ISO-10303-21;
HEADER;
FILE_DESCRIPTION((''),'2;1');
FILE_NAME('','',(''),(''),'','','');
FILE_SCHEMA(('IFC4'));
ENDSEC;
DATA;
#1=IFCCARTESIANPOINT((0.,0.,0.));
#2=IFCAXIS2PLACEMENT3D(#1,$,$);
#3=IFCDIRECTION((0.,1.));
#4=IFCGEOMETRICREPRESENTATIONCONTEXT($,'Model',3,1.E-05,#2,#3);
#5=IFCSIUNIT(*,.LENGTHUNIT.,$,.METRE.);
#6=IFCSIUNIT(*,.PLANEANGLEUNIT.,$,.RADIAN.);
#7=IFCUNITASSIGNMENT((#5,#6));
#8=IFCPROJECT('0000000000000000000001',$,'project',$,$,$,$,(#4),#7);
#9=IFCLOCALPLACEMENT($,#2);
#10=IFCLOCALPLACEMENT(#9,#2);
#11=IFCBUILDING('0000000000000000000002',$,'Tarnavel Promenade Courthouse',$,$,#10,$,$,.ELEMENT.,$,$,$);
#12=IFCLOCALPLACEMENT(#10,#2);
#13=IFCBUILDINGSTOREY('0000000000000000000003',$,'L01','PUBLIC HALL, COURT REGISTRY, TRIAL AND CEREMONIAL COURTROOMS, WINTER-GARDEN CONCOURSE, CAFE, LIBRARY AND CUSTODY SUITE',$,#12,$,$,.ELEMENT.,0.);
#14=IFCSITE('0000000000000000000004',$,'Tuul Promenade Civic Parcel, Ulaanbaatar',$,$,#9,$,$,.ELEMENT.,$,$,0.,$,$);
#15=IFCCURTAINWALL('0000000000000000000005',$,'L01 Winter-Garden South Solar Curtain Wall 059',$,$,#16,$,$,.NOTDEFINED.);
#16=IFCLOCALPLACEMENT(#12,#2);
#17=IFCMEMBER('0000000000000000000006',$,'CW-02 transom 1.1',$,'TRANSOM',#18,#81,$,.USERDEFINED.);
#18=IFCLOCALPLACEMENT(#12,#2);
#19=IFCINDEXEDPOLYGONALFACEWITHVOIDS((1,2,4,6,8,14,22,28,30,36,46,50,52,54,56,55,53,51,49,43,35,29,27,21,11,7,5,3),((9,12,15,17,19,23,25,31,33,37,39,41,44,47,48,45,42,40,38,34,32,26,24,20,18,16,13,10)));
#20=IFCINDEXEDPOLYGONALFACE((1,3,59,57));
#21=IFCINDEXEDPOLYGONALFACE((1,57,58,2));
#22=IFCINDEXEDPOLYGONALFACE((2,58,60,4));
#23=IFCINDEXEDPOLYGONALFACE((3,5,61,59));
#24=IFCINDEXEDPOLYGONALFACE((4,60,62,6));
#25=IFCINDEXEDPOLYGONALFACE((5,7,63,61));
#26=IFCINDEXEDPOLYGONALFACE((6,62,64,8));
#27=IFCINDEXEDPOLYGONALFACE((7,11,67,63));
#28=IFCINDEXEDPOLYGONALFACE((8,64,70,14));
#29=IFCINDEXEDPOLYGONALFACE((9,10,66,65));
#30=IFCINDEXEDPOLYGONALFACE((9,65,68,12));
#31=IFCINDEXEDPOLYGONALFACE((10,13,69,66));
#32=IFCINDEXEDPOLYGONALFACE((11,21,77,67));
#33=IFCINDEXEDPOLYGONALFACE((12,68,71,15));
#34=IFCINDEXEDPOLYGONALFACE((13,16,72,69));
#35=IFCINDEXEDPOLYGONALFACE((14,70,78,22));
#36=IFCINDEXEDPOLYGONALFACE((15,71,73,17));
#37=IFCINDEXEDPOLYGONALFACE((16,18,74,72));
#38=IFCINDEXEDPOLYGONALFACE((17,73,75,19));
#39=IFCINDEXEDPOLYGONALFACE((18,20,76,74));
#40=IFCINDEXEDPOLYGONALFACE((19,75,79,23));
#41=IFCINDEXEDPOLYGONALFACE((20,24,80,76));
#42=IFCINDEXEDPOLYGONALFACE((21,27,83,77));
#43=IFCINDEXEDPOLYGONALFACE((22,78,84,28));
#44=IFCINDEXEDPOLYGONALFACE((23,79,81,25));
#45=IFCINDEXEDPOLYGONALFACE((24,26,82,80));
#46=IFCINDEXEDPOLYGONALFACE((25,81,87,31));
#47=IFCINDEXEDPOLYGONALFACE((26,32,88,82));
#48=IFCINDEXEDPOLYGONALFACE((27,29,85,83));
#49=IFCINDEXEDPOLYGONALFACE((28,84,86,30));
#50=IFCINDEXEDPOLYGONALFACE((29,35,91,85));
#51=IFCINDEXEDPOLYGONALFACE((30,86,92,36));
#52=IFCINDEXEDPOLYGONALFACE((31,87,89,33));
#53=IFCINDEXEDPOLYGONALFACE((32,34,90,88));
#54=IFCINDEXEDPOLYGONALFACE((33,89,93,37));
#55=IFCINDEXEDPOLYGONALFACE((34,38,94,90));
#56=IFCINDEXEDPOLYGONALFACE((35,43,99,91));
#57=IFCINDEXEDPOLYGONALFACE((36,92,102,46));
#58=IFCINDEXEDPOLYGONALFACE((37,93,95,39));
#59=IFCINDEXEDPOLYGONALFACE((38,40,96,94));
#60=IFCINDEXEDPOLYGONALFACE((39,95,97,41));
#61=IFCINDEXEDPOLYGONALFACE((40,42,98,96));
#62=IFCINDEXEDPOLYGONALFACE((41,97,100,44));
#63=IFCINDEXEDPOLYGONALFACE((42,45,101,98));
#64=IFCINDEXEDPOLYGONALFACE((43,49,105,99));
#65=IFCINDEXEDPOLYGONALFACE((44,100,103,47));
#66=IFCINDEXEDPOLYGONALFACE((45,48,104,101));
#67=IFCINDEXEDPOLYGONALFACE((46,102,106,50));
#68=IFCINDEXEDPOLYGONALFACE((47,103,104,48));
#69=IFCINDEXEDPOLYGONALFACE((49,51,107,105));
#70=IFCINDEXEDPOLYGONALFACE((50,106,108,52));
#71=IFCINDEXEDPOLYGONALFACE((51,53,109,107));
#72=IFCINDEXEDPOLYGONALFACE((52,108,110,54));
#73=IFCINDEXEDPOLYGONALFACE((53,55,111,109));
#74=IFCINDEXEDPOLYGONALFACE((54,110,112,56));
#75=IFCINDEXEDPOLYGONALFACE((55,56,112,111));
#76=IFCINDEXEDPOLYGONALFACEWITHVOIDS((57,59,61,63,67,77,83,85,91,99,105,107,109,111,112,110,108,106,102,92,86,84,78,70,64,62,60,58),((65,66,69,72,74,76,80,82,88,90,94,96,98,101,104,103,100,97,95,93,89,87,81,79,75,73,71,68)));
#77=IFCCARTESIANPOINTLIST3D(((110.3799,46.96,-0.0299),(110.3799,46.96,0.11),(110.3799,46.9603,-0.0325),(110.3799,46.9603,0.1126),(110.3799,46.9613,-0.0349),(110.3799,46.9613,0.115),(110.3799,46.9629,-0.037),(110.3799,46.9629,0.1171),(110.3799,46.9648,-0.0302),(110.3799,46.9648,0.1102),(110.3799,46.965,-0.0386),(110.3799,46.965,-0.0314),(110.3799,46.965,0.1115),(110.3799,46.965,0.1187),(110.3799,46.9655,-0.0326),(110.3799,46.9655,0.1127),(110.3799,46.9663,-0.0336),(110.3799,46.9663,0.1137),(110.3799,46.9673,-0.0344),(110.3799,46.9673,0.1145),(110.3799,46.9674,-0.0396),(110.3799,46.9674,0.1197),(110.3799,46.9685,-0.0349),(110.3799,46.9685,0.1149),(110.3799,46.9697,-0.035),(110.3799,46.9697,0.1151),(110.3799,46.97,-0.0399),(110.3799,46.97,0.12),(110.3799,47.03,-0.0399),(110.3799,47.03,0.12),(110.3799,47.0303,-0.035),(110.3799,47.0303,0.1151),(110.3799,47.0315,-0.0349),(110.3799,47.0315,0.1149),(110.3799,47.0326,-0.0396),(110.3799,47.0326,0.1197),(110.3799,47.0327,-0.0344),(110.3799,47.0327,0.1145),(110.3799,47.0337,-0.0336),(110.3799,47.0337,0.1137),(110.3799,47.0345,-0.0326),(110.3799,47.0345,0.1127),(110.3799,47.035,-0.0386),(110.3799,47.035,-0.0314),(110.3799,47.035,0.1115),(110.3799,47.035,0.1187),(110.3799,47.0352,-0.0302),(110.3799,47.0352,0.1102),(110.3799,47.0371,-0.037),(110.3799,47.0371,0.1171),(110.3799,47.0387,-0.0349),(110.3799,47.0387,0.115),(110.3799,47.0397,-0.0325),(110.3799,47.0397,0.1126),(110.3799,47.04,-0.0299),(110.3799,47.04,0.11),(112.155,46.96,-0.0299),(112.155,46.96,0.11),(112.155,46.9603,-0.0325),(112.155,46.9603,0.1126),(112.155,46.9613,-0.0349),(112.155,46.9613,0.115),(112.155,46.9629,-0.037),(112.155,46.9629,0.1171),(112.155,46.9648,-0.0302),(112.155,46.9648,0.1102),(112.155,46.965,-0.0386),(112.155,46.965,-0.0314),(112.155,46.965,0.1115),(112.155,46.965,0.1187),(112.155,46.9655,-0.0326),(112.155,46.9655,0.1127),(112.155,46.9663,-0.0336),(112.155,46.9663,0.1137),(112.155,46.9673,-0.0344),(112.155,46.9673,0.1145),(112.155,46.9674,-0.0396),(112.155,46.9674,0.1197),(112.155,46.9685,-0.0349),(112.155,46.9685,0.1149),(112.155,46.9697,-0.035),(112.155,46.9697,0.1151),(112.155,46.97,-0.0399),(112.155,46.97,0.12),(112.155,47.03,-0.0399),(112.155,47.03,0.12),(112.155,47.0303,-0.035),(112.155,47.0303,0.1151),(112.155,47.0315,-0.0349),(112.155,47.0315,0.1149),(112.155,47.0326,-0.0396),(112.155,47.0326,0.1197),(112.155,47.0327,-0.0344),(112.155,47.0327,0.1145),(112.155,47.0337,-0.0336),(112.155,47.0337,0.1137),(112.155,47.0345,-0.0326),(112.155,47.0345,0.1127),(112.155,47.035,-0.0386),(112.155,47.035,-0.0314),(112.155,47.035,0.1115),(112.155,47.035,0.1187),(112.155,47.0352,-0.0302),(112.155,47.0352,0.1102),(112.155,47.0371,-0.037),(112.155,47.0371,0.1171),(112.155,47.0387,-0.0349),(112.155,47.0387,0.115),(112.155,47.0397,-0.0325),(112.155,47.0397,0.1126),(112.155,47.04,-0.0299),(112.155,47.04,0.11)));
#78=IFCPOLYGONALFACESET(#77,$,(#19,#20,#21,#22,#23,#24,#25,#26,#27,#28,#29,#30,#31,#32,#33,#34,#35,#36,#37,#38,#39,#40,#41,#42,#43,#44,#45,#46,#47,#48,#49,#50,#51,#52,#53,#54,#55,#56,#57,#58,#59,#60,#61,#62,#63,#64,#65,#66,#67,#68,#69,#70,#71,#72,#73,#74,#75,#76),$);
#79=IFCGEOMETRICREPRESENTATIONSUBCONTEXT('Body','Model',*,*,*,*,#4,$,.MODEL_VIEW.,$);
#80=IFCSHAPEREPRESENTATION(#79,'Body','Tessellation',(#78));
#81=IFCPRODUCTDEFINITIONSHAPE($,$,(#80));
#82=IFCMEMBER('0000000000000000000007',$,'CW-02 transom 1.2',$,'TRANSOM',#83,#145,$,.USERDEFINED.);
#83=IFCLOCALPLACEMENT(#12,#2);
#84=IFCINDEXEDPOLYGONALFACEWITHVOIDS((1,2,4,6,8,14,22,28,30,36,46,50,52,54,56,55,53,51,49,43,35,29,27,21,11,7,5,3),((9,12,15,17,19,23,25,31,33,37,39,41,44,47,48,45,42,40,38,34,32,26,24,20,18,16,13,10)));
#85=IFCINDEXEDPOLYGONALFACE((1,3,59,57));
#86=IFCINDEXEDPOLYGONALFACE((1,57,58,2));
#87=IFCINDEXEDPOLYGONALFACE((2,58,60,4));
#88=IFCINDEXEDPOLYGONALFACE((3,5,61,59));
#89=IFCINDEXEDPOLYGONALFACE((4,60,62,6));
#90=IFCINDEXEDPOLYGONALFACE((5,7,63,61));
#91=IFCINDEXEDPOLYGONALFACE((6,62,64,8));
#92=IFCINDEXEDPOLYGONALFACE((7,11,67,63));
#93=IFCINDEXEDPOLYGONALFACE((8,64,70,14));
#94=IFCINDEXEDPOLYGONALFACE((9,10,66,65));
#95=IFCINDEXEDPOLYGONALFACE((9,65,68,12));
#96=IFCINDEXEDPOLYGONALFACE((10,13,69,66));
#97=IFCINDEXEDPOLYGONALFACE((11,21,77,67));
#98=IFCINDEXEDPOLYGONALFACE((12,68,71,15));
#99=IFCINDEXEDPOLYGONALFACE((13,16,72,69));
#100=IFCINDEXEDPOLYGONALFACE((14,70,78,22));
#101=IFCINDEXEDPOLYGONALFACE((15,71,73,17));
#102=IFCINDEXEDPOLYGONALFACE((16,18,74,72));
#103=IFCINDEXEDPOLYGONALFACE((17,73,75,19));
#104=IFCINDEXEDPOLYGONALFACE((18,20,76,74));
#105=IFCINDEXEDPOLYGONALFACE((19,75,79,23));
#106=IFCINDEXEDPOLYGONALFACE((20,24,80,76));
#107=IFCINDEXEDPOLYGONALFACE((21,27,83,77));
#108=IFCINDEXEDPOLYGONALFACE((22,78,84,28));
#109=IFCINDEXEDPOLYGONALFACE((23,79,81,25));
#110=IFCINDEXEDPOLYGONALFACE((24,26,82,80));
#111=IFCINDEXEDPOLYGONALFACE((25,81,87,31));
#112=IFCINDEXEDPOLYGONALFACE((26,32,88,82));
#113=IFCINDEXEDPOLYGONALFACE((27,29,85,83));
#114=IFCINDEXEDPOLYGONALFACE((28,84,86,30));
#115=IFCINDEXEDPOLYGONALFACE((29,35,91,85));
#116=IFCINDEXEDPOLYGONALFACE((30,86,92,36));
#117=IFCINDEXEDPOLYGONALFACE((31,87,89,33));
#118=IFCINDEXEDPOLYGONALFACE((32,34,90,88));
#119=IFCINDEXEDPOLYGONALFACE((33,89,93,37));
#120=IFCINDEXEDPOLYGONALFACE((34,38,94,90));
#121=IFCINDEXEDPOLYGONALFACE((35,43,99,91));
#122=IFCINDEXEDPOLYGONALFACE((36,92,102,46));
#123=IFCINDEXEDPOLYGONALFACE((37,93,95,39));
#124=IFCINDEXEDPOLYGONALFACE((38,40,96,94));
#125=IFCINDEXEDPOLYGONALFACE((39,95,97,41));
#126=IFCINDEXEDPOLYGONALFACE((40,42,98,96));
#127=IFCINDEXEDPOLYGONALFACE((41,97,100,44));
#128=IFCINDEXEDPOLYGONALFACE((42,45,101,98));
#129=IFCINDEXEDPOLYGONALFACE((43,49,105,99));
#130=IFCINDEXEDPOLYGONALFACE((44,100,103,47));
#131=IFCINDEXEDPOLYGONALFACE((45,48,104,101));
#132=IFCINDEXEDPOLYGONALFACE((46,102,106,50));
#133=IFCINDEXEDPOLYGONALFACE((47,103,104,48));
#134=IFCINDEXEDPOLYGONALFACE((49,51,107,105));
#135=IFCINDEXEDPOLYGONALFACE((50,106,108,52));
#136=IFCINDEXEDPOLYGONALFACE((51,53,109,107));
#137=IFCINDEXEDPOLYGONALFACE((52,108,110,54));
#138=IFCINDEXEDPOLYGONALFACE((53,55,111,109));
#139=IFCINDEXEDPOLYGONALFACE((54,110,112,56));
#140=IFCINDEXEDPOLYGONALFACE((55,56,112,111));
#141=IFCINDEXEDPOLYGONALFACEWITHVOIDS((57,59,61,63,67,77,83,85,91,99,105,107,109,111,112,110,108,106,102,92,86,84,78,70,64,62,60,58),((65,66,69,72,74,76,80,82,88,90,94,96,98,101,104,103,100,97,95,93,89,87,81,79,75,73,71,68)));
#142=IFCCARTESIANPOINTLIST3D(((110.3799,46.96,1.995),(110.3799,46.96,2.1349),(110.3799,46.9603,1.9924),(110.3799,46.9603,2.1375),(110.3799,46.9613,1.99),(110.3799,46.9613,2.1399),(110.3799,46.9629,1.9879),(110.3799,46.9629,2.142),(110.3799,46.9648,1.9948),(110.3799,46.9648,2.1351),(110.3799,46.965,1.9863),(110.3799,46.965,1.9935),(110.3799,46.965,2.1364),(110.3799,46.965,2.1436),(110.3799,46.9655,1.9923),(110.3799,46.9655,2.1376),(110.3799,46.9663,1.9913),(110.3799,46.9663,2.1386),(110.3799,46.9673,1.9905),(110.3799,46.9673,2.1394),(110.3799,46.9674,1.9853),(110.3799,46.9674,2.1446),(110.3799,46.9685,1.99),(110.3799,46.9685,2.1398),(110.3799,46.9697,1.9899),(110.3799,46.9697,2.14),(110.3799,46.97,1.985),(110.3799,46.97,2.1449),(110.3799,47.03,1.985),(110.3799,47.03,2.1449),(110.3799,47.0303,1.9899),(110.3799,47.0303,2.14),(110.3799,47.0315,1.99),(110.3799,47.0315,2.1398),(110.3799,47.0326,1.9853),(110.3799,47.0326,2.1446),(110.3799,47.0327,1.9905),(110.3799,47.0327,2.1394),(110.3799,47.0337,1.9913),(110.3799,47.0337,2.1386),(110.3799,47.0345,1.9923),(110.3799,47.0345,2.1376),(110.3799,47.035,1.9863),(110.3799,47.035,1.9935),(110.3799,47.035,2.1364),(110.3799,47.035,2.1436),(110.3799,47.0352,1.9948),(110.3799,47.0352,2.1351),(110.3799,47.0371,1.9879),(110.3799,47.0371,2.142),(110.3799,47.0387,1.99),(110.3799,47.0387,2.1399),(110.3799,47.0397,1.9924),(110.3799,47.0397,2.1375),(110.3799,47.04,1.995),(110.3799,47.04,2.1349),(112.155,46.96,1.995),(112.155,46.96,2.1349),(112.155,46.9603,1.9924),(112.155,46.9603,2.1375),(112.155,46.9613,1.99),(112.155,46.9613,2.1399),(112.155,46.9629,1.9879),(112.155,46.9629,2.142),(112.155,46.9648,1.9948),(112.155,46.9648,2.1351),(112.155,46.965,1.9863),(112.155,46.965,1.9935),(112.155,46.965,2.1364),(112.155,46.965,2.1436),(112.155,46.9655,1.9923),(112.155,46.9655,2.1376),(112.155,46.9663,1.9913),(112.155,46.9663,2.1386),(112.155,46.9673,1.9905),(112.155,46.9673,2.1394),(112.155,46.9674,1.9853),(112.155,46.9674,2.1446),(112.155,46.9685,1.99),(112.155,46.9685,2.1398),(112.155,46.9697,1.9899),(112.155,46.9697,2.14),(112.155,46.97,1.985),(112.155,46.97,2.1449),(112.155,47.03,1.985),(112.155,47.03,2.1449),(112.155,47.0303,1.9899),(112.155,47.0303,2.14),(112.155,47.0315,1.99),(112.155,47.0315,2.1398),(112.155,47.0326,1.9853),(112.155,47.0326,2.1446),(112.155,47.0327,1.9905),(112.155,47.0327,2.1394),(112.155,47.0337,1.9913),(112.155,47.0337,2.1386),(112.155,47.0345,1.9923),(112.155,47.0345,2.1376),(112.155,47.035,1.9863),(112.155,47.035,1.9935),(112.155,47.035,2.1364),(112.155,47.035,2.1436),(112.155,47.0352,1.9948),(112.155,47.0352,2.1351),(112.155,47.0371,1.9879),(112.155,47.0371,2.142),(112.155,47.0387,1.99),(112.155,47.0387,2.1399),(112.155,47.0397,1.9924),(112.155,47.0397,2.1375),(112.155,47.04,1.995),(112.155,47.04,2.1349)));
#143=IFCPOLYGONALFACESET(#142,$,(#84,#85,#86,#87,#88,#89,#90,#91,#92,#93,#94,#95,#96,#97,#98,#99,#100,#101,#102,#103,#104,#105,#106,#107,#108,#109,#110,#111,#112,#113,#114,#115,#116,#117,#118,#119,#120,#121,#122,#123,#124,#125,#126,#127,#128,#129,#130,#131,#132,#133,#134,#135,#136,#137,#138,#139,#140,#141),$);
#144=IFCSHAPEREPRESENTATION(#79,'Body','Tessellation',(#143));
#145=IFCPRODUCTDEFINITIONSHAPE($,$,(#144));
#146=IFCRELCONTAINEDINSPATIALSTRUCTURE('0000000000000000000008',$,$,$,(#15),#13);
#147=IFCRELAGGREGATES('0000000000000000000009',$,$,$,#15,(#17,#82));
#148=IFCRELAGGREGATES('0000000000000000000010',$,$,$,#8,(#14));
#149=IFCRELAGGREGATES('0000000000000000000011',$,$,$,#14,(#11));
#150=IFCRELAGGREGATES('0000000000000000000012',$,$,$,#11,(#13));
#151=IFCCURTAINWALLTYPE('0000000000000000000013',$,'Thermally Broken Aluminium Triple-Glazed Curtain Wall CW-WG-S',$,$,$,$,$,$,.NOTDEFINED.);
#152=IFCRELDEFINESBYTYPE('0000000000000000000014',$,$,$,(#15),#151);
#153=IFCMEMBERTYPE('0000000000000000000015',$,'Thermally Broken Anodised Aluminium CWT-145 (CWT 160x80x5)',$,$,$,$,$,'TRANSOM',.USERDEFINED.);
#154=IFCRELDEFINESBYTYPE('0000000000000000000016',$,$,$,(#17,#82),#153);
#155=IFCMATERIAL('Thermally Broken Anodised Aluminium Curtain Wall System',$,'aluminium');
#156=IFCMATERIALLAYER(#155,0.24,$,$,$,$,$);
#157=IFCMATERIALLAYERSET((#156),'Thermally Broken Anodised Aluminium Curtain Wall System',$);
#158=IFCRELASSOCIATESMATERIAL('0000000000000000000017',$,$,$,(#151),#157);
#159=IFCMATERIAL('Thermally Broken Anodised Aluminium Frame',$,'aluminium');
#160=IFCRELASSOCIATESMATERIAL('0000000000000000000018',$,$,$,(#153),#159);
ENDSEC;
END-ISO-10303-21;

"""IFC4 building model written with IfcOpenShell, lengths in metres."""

from ifc_helpers import new_model, si_unit, direction, frame, origin, origin_2d, place, context, subcontext, project, spatial, hollow_rectangle, extrude, material, layer, layer_set, material_profile, profile_set, type_object, element, aggregate, save


model = new_model("IFC4")

# Units and contexts
model_context = context("Model", 3, precision=1e-05, world=origin(), true_north=direction((0.0, 1.0)))
body_context = subcontext(model_context, "Body", "Model", "MODEL_VIEW")
ifc_project = project(units=[si_unit("LENGTHUNIT", "METRE"), si_unit("PLANEANGLEUNIT", "RADIAN")], contexts=[model_context])

# Site, building, storey
site_placement = place(None, origin())
site = spatial("IfcSite", under=ifc_project, at=site_placement, Name="Tuul Promenade Civic Parcel, Ulaanbaatar", CompositionType="ELEMENT", RefElevation=0.0)
building_placement = place(site_placement, origin())
building = spatial("IfcBuilding", under=site, at=building_placement, Name="Tarnavel Promenade Courthouse", CompositionType="ELEMENT")
storey_placement = place(building_placement, origin())
storey = spatial("IfcBuildingStorey", under=building, at=storey_placement, Name="L01", Description="PUBLIC HALL, COURT REGISTRY, TRIAL AND CEREMONIAL COURTROOMS, WINTER-GARDEN CONCOURSE, CAFE, LIBRARY AND CUSTODY SUITE", CompositionType="ELEMENT", Elevation=0.0)

# Shared definitions
ifc_material_1 = material(Name="Thermally Broken Anodised Aluminium Curtain Wall System", Category="aluminium")
ifc_layer_1 = layer(ifc_material_1, 0.24)
ifc_layer_set_1 = layer_set([ifc_layer_1], Name="Thermally Broken Anodised Aluminium Curtain Wall System")
curtain_wall_type = type_object("IfcCurtainWallType", Name="Thermally Broken Aluminium Triple-Glazed Curtain Wall CW-WG-S", PredefinedType="NOTDEFINED", material=ifc_layer_set_1)
ifc_material_2 = material(Name="Thermally Broken Anodised Aluminium Frame", Category="aluminium")

# Curtain wall
curtain_wall_1_placement = place(storey_placement, origin())
curtain_wall_1 = element("IfcCurtainWall", 1, at=curtain_wall_1_placement, inside=storey, type_object=curtain_wall_type, Name="L01 Winter-Garden South Solar Curtain Wall 059", PredefinedType="NOTDEFINED")

# Members
ifc_material_profile_1 = material_profile(ifc_material_2, hollow_rectangle(XDim=0.0801, YDim=0.1599, WallThickness=0.0049, InnerFilletRadius=0.0049, OuterFilletRadius=0.01, at=origin_2d()), Name="CWT 160x80x5")
ifc_profile_set_1 = profile_set([ifc_material_profile_1], Name="Thermally Broken Anodised Aluminium Frame")
member_type_1 = type_object("IfcMemberType", Name="Thermally Broken Anodised Aluminium CWT-145 (CWT 160x80x5)", ElementType="TRANSOM", PredefinedType="USERDEFINED", material=ifc_profile_set_1)
member_1_placement = place(storey_placement, frame((110.3799, 47.0, 0.04), z_axis=(1.0, 0.0, 0.0), x_axis=(0.0, 1.0, 0.0)))
member_1 = element("IfcMember", 2, at=member_1_placement, type_object=member_type_1, Name="CW-02 transom 1.1", ObjectType="TRANSOM", PredefinedType="USERDEFINED", context=body_context, shape_type="SweptSolid", body=[
    extrude(hollow_rectangle(XDim=0.0801, YDim=0.1599, WallThickness=0.0049, InnerFilletRadius=0.0049, OuterFilletRadius=0.01, at=origin_2d()), origin(), (0.0, 0.0, 1.0), 1.7751),
])
member_2_placement = place(storey_placement, frame((110.3799, 47.0, 2.0649), z_axis=(1.0, 0.0, 0.0), x_axis=(0.0, 1.0, 0.0)))
member_2 = element("IfcMember", 3, at=member_2_placement, type_object=member_type_1, Name="CW-02 transom 1.2", ObjectType="TRANSOM", PredefinedType="USERDEFINED", context=body_context, shape_type="SweptSolid", body=[
    extrude(hollow_rectangle(XDim=0.0801, YDim=0.1599, WallThickness=0.0049, InnerFilletRadius=0.0049, OuterFilletRadius=0.01, at=origin_2d()), origin(), (0.0, 0.0, 1.0), 1.7751),
])

aggregate(curtain_wall_1, [member_1, member_2])

save(model, "model.ifc")
